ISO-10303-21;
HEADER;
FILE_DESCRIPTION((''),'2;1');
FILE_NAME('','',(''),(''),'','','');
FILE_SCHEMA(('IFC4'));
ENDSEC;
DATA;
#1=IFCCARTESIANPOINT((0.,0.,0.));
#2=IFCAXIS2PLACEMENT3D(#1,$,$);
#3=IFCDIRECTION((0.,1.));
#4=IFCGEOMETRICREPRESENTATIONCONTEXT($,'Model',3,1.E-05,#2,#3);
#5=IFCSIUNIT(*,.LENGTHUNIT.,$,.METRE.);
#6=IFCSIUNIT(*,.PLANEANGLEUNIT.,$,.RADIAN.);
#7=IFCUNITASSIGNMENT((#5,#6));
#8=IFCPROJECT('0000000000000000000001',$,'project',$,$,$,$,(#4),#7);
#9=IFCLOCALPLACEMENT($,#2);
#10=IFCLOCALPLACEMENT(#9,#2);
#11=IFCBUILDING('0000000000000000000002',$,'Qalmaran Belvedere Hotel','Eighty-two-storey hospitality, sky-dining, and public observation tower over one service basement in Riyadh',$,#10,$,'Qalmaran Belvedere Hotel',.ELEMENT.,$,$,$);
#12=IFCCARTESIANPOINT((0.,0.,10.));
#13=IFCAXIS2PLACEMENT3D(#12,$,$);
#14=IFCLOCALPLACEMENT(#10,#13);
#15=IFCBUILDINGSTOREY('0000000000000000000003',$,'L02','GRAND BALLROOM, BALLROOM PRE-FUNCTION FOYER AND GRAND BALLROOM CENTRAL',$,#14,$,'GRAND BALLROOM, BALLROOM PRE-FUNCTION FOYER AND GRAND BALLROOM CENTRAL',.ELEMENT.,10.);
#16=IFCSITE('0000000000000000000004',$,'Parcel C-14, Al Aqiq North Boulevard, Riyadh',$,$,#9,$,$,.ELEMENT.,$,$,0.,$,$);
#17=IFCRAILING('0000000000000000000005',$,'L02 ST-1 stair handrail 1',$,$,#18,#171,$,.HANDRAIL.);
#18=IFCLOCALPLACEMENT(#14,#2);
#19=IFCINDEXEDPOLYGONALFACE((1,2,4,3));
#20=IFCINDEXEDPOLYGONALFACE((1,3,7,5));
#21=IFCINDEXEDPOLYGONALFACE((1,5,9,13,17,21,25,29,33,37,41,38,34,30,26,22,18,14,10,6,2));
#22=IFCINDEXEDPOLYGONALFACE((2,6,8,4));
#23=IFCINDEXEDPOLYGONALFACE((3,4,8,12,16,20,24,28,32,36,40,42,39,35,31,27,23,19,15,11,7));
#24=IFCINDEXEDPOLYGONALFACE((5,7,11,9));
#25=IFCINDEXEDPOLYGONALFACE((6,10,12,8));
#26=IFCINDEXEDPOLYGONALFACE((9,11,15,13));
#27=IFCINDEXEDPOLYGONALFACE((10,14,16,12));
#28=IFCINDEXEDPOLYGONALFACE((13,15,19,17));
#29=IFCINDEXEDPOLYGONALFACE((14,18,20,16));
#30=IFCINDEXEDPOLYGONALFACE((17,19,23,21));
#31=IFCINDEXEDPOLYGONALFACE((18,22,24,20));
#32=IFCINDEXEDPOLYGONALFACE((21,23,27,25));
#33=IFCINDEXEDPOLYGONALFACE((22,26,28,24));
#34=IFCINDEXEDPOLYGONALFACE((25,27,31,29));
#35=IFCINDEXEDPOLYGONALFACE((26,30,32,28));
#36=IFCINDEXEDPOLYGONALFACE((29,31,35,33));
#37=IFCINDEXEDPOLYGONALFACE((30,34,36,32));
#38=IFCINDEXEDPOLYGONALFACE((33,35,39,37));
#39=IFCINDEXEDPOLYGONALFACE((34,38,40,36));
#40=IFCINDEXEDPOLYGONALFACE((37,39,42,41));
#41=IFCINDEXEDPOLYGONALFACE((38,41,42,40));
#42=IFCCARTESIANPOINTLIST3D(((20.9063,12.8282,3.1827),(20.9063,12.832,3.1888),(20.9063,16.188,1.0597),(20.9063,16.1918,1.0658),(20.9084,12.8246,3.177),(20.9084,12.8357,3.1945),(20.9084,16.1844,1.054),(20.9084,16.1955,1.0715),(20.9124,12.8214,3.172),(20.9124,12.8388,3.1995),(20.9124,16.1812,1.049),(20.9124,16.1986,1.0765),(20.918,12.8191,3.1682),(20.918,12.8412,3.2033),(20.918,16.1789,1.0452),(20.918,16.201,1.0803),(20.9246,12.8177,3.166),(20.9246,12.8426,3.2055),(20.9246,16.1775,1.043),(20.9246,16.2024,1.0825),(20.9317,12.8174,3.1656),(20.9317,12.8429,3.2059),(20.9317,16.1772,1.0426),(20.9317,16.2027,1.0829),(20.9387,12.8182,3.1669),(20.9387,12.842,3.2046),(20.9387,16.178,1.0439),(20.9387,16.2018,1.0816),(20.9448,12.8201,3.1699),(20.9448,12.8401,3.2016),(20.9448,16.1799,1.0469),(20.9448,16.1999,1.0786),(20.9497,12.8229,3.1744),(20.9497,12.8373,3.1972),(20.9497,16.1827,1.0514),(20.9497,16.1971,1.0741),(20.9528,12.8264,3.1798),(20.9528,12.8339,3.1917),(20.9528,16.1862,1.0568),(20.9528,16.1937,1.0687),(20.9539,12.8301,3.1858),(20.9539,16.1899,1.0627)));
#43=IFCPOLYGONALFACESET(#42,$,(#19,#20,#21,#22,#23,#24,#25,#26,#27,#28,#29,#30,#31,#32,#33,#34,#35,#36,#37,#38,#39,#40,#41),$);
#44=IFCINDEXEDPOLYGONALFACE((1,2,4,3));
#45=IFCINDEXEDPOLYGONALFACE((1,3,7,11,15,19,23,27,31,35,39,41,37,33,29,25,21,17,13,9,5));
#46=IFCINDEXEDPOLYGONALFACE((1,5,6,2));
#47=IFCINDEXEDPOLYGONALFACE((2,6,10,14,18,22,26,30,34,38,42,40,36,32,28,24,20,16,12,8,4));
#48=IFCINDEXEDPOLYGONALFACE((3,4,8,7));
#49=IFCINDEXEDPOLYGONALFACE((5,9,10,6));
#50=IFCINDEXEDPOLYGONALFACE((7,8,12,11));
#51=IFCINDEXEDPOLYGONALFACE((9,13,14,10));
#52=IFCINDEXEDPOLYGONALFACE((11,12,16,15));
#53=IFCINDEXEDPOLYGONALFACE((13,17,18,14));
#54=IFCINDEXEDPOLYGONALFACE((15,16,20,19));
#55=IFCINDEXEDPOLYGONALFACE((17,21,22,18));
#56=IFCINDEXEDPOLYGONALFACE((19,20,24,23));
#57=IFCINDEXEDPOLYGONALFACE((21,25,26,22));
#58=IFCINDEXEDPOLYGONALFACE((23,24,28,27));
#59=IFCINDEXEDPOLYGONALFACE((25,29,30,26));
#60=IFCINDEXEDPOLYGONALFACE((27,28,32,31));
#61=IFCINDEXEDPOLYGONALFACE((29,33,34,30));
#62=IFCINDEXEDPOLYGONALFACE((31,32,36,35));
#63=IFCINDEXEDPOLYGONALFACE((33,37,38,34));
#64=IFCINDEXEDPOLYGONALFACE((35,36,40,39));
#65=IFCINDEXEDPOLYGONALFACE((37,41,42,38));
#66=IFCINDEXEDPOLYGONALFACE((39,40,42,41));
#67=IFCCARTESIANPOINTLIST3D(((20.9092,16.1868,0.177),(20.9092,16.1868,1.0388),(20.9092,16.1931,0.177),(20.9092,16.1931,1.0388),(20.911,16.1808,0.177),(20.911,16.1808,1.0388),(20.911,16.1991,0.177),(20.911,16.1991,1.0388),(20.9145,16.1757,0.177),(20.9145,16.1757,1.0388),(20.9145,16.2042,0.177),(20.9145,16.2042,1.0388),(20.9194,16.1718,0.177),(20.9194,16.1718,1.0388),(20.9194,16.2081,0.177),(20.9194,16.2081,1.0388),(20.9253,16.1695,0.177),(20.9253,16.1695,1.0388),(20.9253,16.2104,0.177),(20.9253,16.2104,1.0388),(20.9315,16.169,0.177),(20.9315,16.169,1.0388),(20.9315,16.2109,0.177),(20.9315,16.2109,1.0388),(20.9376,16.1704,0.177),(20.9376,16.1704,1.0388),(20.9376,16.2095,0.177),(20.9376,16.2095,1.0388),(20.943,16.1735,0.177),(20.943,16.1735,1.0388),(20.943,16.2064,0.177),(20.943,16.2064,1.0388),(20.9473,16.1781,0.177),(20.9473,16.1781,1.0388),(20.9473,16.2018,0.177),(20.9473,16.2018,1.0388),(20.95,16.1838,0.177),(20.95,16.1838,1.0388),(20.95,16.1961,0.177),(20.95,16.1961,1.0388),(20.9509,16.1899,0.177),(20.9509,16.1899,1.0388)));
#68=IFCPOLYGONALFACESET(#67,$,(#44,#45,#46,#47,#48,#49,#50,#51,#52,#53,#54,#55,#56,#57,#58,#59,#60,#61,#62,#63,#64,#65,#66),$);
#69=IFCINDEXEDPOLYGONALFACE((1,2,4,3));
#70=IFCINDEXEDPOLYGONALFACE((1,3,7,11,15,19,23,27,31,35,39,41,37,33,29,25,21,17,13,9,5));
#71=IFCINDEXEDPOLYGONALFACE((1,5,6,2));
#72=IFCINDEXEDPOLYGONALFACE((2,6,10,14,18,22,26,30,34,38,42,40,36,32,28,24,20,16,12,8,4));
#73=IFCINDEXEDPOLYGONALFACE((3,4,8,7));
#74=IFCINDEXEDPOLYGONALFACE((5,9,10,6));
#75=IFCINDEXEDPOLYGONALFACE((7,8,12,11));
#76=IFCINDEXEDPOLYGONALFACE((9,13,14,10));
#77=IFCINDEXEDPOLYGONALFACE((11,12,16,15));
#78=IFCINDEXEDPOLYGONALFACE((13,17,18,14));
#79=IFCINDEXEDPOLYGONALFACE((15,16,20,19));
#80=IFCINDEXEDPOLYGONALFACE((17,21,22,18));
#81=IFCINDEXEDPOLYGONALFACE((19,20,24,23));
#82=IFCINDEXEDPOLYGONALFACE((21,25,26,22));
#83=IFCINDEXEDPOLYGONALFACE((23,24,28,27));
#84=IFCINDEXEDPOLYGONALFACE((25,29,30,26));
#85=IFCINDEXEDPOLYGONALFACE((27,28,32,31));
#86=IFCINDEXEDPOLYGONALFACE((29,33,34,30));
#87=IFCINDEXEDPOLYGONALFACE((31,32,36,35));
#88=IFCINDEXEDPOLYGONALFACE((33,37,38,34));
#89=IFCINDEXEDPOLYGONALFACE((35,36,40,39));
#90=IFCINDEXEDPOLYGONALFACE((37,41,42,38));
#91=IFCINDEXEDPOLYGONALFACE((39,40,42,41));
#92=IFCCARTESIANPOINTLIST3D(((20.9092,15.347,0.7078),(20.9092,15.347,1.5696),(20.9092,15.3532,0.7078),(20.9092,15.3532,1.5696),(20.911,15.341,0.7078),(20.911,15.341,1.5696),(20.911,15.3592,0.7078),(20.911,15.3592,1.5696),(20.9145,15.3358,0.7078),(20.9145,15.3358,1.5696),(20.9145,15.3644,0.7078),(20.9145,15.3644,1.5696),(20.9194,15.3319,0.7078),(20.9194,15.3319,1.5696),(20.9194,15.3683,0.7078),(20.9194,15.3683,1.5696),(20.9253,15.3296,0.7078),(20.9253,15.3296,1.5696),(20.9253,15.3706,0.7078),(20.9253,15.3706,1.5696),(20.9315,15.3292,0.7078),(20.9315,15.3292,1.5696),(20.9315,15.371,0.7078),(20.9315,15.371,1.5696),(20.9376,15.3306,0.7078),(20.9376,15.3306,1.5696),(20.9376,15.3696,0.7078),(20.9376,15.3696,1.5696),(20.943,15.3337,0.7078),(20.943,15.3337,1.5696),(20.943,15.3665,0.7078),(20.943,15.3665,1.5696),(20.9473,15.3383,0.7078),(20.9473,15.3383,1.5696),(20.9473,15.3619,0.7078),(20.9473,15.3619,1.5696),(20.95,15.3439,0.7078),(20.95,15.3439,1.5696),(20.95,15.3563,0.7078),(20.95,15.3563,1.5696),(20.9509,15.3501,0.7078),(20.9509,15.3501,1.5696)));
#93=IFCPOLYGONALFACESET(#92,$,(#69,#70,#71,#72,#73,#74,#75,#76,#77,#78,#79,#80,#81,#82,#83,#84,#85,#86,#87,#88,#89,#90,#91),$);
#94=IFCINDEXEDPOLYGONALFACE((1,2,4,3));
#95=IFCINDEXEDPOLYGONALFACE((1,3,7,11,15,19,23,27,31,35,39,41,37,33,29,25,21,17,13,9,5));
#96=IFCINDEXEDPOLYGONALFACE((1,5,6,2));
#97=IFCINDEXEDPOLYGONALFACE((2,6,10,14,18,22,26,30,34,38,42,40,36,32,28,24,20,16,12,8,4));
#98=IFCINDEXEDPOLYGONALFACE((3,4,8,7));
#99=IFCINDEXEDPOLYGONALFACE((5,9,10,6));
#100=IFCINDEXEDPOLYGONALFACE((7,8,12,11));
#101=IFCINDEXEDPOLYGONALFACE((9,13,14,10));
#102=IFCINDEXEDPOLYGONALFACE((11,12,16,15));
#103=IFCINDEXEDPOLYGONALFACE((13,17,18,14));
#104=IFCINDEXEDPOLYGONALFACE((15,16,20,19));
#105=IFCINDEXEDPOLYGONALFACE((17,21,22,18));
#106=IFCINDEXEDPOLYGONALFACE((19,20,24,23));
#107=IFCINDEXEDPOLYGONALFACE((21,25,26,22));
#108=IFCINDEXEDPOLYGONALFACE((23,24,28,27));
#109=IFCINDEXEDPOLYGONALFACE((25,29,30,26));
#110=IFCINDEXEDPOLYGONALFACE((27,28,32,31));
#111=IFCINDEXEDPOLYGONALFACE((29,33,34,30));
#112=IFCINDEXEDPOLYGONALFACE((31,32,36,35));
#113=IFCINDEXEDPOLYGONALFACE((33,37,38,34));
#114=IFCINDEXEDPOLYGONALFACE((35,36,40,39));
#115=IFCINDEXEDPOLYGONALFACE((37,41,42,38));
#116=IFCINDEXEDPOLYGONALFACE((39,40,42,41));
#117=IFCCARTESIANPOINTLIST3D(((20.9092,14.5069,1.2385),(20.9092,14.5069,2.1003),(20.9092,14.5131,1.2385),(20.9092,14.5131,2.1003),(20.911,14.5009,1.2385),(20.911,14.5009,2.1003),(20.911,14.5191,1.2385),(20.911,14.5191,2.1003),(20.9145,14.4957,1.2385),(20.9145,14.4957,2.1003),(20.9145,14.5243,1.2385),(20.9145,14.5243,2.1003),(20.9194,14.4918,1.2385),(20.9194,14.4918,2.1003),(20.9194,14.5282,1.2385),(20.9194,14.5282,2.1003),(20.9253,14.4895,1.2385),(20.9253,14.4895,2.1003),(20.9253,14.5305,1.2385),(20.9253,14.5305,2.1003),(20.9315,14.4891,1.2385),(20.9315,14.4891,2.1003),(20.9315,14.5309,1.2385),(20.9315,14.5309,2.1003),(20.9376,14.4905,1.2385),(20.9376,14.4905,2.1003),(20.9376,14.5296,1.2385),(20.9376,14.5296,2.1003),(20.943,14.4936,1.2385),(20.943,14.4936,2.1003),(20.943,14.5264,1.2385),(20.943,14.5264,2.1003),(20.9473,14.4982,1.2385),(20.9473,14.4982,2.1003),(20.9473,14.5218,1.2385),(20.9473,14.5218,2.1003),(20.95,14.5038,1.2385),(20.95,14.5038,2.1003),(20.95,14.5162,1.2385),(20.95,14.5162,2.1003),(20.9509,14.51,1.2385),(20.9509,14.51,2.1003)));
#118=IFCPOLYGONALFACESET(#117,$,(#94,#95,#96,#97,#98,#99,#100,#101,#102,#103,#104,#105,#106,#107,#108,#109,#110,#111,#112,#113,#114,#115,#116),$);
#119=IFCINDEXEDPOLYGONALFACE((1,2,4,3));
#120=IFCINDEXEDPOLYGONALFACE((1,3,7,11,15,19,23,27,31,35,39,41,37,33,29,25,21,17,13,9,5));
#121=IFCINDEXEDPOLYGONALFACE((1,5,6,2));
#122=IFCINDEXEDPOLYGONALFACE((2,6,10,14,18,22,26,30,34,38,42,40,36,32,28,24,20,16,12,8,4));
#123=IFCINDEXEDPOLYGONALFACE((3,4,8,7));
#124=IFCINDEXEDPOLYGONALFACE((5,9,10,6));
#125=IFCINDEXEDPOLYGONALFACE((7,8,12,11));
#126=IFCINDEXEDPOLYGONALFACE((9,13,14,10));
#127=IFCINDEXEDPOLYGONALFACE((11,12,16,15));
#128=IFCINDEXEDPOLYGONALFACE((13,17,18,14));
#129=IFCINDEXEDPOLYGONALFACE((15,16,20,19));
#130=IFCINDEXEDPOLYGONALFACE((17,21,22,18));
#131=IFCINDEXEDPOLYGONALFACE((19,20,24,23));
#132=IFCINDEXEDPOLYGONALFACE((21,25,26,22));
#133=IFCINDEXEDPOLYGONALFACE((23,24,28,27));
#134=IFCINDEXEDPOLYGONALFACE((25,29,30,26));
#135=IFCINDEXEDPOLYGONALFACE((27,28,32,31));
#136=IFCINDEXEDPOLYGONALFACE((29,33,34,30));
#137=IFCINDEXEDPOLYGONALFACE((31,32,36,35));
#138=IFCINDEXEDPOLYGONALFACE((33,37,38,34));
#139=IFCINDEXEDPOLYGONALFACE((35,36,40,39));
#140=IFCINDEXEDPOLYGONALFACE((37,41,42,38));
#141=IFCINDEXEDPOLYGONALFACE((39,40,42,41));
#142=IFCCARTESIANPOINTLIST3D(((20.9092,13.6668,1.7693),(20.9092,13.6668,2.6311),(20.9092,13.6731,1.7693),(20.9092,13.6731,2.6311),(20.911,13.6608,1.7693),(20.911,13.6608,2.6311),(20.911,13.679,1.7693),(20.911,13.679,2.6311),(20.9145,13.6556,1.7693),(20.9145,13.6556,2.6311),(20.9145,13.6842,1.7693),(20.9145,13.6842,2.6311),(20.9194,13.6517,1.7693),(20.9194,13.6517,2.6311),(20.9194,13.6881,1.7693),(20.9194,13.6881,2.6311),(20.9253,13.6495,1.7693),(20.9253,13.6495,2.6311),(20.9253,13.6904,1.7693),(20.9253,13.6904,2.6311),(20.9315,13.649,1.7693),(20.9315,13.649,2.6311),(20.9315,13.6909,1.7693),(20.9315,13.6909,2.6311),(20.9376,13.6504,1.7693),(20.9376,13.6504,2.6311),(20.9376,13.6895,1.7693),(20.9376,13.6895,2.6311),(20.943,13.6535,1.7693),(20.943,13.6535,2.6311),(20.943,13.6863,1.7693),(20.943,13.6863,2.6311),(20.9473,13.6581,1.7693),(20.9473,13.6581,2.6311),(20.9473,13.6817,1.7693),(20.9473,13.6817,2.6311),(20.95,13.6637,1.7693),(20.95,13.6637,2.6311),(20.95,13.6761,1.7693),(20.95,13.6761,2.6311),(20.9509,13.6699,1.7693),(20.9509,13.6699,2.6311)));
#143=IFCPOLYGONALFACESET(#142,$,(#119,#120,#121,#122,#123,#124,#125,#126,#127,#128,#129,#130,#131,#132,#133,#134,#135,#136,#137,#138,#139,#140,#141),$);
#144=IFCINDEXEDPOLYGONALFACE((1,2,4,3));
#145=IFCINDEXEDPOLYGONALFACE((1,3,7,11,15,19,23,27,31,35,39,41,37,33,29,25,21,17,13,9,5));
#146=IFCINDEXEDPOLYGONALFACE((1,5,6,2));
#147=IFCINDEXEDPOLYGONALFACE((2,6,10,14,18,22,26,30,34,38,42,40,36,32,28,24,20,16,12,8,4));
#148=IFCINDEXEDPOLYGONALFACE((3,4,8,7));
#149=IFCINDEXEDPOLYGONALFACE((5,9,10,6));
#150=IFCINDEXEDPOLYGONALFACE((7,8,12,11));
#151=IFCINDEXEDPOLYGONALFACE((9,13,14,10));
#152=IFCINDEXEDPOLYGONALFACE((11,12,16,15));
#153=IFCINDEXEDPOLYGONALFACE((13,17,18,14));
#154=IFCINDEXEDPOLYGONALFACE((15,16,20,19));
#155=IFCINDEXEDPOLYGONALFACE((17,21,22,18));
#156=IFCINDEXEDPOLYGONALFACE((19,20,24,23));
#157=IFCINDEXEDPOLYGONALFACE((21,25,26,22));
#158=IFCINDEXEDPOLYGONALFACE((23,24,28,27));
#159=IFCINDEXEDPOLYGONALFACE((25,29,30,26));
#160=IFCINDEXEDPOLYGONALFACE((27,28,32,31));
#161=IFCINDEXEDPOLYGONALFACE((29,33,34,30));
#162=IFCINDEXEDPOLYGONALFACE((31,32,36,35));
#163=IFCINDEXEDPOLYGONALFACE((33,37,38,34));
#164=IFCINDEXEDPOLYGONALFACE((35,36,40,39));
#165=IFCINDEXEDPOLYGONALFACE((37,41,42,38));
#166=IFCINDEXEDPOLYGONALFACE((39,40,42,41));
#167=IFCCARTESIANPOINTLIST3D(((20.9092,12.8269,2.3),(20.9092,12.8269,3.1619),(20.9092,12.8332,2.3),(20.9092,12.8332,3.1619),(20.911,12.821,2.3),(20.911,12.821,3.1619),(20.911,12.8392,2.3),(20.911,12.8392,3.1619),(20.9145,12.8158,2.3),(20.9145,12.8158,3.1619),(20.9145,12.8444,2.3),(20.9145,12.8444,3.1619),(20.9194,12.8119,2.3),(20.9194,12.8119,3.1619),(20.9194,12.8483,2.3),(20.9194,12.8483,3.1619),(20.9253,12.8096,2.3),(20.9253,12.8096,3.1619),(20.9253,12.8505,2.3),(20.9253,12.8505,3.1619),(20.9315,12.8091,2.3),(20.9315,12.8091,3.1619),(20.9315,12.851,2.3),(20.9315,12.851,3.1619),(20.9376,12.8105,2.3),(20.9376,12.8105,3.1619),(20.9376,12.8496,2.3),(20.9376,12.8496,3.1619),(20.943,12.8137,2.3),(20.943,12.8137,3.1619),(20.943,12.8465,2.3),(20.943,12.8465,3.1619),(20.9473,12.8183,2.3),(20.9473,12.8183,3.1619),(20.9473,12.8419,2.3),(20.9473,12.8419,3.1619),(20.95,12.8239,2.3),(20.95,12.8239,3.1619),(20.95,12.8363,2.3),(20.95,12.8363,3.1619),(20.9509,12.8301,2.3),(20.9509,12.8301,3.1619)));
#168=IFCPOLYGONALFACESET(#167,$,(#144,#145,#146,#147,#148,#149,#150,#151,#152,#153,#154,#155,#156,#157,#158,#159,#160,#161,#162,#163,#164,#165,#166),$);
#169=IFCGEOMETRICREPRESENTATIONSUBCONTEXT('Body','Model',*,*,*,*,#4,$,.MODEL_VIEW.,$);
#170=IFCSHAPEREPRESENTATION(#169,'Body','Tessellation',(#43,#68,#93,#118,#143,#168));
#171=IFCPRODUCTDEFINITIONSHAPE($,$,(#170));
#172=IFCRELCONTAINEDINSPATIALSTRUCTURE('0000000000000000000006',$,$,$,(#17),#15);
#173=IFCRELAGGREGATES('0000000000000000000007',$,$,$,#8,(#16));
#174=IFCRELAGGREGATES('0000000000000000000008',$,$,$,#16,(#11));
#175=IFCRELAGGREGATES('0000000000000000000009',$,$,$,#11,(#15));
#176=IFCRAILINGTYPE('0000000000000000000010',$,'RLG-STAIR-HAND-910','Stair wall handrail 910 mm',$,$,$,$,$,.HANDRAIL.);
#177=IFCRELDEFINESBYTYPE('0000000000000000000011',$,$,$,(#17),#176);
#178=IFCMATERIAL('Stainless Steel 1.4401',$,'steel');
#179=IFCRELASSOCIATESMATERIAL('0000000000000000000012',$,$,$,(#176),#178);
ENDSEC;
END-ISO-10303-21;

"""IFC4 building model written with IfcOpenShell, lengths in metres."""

from ifc_helpers import new_model, si_unit, direction, frame, origin, origin_2d, place, context, subcontext, project, spatial, circle, extrude, material, type_object, element, save


model = new_model("IFC4")

# Units and contexts
model_context = context("Model", 3, precision=1e-05, world=origin(), true_north=direction((0.0, 1.0)))
body_context = subcontext(model_context, "Body", "Model", "MODEL_VIEW")
ifc_project = project(units=[si_unit("LENGTHUNIT", "METRE"), si_unit("PLANEANGLEUNIT", "RADIAN")], contexts=[model_context])

# Site, building, storey
site_placement = place(None, origin())
site = spatial("IfcSite", under=ifc_project, at=site_placement, Name="Parcel C-14, Al Aqiq North Boulevard, Riyadh", CompositionType="ELEMENT", RefElevation=0.0)
building_placement = place(site_placement, origin())
building = spatial("IfcBuilding", under=site, at=building_placement, Name="Qalmaran Belvedere Hotel", Description="Eighty-two-storey hospitality, sky-dining, and public observation tower over one service basement in Riyadh", LongName="Qalmaran Belvedere Hotel", CompositionType="ELEMENT")
storey_placement = place(building_placement, frame((0.0, 0.0, 10.0)))
storey = spatial("IfcBuildingStorey", under=building, at=storey_placement, Name="L02", Description="GRAND BALLROOM, BALLROOM PRE-FUNCTION FOYER AND GRAND BALLROOM CENTRAL", LongName="GRAND BALLROOM, BALLROOM PRE-FUNCTION FOYER AND GRAND BALLROOM CENTRAL", CompositionType="ELEMENT", Elevation=10.0)

# Shared definitions
ifc_material_1 = material(Name="Stainless Steel 1.4401", Category="steel")

# Railing
railing_type_1 = type_object("IfcRailingType", Name="RLG-STAIR-HAND-910", Description="Stair wall handrail 910 mm", PredefinedType="HANDRAIL", material=ifc_material_1)
railing_1_placement = place(storey_placement, frame((20.9299, 16.1899, 0.177)))
element("IfcRailing", 1, at=railing_1_placement, inside=storey, type_object=railing_type_1, Name="L02 ST-1 stair handrail 1", PredefinedType="HANDRAIL", context=body_context, shape_type="SweptSolid", body=[
    extrude(circle(Radius=0.0239, at=origin_2d()), frame((0.0, 0.0, 0.8857), z_axis=(0.0, -0.845372, 0.534178), x_axis=(1.0, 0.0, 0.0)), (0.0, 0.0, 1.0), 3.9744),
    extrude(circle(Radius=0.021, at=origin_2d()), origin(), (0.0, 0.0, 1.0), 0.8618),
    extrude(circle(Radius=0.021, at=origin_2d()), frame((0.0, -0.8398, 0.5308)), (0.0, 0.0, 1.0), 0.8618),
    extrude(circle(Radius=0.021, at=origin_2d()), frame((0.0, -1.6799, 1.0615)), (0.0, 0.0, 1.0), 0.8618),
    extrude(circle(Radius=0.021, at=origin_2d()), frame((0.0, -2.52, 1.5923)), (0.0, 0.0, 1.0), 0.8618),
    extrude(circle(Radius=0.021, at=origin_2d()), frame((0.0, -3.3599, 2.123)), (0.0, 0.0, 1.0), 0.8618),
])

save(model, "model.ifc")
